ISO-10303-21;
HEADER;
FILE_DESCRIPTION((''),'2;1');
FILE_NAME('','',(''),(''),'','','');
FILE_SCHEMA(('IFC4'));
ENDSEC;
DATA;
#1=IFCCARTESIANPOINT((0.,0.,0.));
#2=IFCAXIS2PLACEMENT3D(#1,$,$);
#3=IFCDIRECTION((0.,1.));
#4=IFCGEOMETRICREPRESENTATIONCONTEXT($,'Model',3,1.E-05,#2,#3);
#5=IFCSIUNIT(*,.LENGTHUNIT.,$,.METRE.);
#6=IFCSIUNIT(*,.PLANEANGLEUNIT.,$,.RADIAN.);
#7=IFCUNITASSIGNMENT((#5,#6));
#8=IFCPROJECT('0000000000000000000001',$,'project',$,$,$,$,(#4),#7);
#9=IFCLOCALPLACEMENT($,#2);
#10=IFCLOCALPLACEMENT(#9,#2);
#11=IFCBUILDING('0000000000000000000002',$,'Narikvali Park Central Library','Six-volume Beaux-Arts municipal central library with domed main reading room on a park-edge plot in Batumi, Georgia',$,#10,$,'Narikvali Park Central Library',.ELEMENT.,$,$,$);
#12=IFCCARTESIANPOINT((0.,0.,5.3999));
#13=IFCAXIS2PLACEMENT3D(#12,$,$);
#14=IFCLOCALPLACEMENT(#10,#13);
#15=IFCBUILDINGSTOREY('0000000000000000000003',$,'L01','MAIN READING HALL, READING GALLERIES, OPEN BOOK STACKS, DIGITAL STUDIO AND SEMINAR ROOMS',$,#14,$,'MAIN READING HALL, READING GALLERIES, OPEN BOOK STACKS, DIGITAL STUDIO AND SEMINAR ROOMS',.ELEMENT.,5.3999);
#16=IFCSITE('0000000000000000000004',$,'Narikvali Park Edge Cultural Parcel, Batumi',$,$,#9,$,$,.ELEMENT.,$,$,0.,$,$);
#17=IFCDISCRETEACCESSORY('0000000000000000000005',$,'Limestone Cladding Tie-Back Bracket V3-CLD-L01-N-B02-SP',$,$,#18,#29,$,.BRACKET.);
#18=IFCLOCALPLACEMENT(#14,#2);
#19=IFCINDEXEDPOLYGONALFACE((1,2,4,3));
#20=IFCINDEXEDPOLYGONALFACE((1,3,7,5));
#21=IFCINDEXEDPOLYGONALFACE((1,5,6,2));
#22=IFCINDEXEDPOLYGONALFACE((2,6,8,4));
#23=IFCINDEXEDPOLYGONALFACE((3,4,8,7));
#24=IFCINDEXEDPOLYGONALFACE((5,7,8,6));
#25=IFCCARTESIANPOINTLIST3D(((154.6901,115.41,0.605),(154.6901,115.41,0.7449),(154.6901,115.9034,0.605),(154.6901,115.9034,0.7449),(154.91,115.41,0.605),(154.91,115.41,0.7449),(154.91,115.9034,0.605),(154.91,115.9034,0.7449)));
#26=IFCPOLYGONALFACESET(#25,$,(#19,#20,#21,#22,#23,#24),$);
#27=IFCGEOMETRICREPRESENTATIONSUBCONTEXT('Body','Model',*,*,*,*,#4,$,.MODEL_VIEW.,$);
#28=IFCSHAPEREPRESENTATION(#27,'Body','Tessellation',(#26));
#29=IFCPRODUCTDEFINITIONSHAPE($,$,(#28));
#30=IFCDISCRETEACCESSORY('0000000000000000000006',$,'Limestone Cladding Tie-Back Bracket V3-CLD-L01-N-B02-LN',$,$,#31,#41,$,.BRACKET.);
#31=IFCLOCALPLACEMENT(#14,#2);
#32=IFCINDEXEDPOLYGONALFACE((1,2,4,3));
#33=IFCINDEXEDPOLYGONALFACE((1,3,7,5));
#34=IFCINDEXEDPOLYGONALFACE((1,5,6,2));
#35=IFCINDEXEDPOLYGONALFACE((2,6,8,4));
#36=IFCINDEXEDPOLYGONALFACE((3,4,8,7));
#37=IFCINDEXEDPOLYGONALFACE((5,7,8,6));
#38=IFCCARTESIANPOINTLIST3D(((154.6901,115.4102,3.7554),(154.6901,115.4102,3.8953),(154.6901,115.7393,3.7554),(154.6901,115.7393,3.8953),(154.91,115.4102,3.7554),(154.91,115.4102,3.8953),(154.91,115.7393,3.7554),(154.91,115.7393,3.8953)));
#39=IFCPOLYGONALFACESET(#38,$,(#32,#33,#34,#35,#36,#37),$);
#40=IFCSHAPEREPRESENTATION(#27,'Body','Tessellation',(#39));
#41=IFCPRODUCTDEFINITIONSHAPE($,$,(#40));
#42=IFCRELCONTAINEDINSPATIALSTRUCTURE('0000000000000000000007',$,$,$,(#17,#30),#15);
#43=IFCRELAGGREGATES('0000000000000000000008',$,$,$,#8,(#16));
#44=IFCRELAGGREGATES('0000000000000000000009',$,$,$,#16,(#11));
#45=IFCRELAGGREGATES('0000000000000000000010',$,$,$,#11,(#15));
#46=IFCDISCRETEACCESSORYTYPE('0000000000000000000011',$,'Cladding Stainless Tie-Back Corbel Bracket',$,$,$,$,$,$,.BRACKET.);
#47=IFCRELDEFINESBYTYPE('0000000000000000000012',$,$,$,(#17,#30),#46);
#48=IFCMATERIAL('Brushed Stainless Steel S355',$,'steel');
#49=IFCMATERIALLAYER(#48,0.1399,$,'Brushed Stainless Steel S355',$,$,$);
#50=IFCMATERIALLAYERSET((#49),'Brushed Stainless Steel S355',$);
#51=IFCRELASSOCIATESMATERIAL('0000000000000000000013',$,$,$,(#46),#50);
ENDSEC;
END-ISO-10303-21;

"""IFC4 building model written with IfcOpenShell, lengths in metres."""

from ifc_helpers import new_model, si_unit, direction, frame, origin, origin_2d, place, context, subcontext, project, spatial, rectangle, extrude, material, layer, layer_set, type_object, element, save


model = new_model("IFC4")

# Units and contexts
model_context = context("Model", 3, precision=1e-05, world=origin(), true_north=direction((0.0, 1.0)))
body_context = subcontext(model_context, "Body", "Model", "MODEL_VIEW")
ifc_project = project(units=[si_unit("LENGTHUNIT", "METRE"), si_unit("PLANEANGLEUNIT", "RADIAN")], contexts=[model_context])

# Site, building, storey
site_placement = place(None, origin())
site = spatial("IfcSite", under=ifc_project, at=site_placement, Name="Narikvali Park Edge Cultural Parcel, Batumi", CompositionType="ELEMENT", RefElevation=0.0)
building_placement = place(site_placement, origin())
building = spatial("IfcBuilding", under=site, at=building_placement, Name="Narikvali Park Central Library", Description="Six-volume Beaux-Arts municipal central library with domed main reading room on a park-edge plot in Batumi, Georgia", LongName="Narikvali Park Central Library", CompositionType="ELEMENT")
storey_placement = place(building_placement, frame((0.0, 0.0, 5.3999)))
storey = spatial("IfcBuildingStorey", under=building, at=storey_placement, Name="L01", Description="MAIN READING HALL, READING GALLERIES, OPEN BOOK STACKS, DIGITAL STUDIO AND SEMINAR ROOMS", LongName="MAIN READING HALL, READING GALLERIES, OPEN BOOK STACKS, DIGITAL STUDIO AND SEMINAR ROOMS", CompositionType="ELEMENT", Elevation=5.3999)

# Shared definitions
ifc_material_1 = material(Name="Brushed Stainless Steel S355", Category="steel")

# Discrete accessories
ifc_layer_1 = layer(ifc_material_1, 0.1399, Name="Brushed Stainless Steel S355")
ifc_layer_set_1 = layer_set([ifc_layer_1], Name="Brushed Stainless Steel S355")
discrete_accessory_type = type_object("IfcDiscreteAccessoryType", Name="Cladding Stainless Tie-Back Corbel Bracket", PredefinedType="BRACKET", material=ifc_layer_set_1)
discrete_accessory_1_placement = place(storey_placement, frame((154.8, 115.6567, 0.605), z_axis=(0.0, 0.0, 1.0), x_axis=(1.0, 0.0, 0.0)))
element("IfcDiscreteAccessory", 1, at=discrete_accessory_1_placement, inside=storey, type_object=discrete_accessory_type, Name="Limestone Cladding Tie-Back Bracket V3-CLD-L01-N-B02-SP", PredefinedType="BRACKET", context=body_context, shape_type="SweptSolid", body=[
    extrude(rectangle(XDim=0.22, YDim=0.4934, at=origin_2d()), origin(), (0.0, 0.0, 1.0), 0.1399),
])
discrete_accessory_2_placement = place(storey_placement, frame((154.8, 115.5747, 3.7554), z_axis=(0.0, 0.0, 1.0), x_axis=(1.0, 0.0, 0.0)))
element("IfcDiscreteAccessory", 2, at=discrete_accessory_2_placement, inside=storey, type_object=discrete_accessory_type, Name="Limestone Cladding Tie-Back Bracket V3-CLD-L01-N-B02-LN", PredefinedType="BRACKET", context=body_context, shape_type="SweptSolid", body=[
    extrude(rectangle(XDim=0.22, YDim=0.3291, at=origin_2d()), origin(), (0.0, 0.0, 1.0), 0.1399),
])

save(model, "model.ifc")
